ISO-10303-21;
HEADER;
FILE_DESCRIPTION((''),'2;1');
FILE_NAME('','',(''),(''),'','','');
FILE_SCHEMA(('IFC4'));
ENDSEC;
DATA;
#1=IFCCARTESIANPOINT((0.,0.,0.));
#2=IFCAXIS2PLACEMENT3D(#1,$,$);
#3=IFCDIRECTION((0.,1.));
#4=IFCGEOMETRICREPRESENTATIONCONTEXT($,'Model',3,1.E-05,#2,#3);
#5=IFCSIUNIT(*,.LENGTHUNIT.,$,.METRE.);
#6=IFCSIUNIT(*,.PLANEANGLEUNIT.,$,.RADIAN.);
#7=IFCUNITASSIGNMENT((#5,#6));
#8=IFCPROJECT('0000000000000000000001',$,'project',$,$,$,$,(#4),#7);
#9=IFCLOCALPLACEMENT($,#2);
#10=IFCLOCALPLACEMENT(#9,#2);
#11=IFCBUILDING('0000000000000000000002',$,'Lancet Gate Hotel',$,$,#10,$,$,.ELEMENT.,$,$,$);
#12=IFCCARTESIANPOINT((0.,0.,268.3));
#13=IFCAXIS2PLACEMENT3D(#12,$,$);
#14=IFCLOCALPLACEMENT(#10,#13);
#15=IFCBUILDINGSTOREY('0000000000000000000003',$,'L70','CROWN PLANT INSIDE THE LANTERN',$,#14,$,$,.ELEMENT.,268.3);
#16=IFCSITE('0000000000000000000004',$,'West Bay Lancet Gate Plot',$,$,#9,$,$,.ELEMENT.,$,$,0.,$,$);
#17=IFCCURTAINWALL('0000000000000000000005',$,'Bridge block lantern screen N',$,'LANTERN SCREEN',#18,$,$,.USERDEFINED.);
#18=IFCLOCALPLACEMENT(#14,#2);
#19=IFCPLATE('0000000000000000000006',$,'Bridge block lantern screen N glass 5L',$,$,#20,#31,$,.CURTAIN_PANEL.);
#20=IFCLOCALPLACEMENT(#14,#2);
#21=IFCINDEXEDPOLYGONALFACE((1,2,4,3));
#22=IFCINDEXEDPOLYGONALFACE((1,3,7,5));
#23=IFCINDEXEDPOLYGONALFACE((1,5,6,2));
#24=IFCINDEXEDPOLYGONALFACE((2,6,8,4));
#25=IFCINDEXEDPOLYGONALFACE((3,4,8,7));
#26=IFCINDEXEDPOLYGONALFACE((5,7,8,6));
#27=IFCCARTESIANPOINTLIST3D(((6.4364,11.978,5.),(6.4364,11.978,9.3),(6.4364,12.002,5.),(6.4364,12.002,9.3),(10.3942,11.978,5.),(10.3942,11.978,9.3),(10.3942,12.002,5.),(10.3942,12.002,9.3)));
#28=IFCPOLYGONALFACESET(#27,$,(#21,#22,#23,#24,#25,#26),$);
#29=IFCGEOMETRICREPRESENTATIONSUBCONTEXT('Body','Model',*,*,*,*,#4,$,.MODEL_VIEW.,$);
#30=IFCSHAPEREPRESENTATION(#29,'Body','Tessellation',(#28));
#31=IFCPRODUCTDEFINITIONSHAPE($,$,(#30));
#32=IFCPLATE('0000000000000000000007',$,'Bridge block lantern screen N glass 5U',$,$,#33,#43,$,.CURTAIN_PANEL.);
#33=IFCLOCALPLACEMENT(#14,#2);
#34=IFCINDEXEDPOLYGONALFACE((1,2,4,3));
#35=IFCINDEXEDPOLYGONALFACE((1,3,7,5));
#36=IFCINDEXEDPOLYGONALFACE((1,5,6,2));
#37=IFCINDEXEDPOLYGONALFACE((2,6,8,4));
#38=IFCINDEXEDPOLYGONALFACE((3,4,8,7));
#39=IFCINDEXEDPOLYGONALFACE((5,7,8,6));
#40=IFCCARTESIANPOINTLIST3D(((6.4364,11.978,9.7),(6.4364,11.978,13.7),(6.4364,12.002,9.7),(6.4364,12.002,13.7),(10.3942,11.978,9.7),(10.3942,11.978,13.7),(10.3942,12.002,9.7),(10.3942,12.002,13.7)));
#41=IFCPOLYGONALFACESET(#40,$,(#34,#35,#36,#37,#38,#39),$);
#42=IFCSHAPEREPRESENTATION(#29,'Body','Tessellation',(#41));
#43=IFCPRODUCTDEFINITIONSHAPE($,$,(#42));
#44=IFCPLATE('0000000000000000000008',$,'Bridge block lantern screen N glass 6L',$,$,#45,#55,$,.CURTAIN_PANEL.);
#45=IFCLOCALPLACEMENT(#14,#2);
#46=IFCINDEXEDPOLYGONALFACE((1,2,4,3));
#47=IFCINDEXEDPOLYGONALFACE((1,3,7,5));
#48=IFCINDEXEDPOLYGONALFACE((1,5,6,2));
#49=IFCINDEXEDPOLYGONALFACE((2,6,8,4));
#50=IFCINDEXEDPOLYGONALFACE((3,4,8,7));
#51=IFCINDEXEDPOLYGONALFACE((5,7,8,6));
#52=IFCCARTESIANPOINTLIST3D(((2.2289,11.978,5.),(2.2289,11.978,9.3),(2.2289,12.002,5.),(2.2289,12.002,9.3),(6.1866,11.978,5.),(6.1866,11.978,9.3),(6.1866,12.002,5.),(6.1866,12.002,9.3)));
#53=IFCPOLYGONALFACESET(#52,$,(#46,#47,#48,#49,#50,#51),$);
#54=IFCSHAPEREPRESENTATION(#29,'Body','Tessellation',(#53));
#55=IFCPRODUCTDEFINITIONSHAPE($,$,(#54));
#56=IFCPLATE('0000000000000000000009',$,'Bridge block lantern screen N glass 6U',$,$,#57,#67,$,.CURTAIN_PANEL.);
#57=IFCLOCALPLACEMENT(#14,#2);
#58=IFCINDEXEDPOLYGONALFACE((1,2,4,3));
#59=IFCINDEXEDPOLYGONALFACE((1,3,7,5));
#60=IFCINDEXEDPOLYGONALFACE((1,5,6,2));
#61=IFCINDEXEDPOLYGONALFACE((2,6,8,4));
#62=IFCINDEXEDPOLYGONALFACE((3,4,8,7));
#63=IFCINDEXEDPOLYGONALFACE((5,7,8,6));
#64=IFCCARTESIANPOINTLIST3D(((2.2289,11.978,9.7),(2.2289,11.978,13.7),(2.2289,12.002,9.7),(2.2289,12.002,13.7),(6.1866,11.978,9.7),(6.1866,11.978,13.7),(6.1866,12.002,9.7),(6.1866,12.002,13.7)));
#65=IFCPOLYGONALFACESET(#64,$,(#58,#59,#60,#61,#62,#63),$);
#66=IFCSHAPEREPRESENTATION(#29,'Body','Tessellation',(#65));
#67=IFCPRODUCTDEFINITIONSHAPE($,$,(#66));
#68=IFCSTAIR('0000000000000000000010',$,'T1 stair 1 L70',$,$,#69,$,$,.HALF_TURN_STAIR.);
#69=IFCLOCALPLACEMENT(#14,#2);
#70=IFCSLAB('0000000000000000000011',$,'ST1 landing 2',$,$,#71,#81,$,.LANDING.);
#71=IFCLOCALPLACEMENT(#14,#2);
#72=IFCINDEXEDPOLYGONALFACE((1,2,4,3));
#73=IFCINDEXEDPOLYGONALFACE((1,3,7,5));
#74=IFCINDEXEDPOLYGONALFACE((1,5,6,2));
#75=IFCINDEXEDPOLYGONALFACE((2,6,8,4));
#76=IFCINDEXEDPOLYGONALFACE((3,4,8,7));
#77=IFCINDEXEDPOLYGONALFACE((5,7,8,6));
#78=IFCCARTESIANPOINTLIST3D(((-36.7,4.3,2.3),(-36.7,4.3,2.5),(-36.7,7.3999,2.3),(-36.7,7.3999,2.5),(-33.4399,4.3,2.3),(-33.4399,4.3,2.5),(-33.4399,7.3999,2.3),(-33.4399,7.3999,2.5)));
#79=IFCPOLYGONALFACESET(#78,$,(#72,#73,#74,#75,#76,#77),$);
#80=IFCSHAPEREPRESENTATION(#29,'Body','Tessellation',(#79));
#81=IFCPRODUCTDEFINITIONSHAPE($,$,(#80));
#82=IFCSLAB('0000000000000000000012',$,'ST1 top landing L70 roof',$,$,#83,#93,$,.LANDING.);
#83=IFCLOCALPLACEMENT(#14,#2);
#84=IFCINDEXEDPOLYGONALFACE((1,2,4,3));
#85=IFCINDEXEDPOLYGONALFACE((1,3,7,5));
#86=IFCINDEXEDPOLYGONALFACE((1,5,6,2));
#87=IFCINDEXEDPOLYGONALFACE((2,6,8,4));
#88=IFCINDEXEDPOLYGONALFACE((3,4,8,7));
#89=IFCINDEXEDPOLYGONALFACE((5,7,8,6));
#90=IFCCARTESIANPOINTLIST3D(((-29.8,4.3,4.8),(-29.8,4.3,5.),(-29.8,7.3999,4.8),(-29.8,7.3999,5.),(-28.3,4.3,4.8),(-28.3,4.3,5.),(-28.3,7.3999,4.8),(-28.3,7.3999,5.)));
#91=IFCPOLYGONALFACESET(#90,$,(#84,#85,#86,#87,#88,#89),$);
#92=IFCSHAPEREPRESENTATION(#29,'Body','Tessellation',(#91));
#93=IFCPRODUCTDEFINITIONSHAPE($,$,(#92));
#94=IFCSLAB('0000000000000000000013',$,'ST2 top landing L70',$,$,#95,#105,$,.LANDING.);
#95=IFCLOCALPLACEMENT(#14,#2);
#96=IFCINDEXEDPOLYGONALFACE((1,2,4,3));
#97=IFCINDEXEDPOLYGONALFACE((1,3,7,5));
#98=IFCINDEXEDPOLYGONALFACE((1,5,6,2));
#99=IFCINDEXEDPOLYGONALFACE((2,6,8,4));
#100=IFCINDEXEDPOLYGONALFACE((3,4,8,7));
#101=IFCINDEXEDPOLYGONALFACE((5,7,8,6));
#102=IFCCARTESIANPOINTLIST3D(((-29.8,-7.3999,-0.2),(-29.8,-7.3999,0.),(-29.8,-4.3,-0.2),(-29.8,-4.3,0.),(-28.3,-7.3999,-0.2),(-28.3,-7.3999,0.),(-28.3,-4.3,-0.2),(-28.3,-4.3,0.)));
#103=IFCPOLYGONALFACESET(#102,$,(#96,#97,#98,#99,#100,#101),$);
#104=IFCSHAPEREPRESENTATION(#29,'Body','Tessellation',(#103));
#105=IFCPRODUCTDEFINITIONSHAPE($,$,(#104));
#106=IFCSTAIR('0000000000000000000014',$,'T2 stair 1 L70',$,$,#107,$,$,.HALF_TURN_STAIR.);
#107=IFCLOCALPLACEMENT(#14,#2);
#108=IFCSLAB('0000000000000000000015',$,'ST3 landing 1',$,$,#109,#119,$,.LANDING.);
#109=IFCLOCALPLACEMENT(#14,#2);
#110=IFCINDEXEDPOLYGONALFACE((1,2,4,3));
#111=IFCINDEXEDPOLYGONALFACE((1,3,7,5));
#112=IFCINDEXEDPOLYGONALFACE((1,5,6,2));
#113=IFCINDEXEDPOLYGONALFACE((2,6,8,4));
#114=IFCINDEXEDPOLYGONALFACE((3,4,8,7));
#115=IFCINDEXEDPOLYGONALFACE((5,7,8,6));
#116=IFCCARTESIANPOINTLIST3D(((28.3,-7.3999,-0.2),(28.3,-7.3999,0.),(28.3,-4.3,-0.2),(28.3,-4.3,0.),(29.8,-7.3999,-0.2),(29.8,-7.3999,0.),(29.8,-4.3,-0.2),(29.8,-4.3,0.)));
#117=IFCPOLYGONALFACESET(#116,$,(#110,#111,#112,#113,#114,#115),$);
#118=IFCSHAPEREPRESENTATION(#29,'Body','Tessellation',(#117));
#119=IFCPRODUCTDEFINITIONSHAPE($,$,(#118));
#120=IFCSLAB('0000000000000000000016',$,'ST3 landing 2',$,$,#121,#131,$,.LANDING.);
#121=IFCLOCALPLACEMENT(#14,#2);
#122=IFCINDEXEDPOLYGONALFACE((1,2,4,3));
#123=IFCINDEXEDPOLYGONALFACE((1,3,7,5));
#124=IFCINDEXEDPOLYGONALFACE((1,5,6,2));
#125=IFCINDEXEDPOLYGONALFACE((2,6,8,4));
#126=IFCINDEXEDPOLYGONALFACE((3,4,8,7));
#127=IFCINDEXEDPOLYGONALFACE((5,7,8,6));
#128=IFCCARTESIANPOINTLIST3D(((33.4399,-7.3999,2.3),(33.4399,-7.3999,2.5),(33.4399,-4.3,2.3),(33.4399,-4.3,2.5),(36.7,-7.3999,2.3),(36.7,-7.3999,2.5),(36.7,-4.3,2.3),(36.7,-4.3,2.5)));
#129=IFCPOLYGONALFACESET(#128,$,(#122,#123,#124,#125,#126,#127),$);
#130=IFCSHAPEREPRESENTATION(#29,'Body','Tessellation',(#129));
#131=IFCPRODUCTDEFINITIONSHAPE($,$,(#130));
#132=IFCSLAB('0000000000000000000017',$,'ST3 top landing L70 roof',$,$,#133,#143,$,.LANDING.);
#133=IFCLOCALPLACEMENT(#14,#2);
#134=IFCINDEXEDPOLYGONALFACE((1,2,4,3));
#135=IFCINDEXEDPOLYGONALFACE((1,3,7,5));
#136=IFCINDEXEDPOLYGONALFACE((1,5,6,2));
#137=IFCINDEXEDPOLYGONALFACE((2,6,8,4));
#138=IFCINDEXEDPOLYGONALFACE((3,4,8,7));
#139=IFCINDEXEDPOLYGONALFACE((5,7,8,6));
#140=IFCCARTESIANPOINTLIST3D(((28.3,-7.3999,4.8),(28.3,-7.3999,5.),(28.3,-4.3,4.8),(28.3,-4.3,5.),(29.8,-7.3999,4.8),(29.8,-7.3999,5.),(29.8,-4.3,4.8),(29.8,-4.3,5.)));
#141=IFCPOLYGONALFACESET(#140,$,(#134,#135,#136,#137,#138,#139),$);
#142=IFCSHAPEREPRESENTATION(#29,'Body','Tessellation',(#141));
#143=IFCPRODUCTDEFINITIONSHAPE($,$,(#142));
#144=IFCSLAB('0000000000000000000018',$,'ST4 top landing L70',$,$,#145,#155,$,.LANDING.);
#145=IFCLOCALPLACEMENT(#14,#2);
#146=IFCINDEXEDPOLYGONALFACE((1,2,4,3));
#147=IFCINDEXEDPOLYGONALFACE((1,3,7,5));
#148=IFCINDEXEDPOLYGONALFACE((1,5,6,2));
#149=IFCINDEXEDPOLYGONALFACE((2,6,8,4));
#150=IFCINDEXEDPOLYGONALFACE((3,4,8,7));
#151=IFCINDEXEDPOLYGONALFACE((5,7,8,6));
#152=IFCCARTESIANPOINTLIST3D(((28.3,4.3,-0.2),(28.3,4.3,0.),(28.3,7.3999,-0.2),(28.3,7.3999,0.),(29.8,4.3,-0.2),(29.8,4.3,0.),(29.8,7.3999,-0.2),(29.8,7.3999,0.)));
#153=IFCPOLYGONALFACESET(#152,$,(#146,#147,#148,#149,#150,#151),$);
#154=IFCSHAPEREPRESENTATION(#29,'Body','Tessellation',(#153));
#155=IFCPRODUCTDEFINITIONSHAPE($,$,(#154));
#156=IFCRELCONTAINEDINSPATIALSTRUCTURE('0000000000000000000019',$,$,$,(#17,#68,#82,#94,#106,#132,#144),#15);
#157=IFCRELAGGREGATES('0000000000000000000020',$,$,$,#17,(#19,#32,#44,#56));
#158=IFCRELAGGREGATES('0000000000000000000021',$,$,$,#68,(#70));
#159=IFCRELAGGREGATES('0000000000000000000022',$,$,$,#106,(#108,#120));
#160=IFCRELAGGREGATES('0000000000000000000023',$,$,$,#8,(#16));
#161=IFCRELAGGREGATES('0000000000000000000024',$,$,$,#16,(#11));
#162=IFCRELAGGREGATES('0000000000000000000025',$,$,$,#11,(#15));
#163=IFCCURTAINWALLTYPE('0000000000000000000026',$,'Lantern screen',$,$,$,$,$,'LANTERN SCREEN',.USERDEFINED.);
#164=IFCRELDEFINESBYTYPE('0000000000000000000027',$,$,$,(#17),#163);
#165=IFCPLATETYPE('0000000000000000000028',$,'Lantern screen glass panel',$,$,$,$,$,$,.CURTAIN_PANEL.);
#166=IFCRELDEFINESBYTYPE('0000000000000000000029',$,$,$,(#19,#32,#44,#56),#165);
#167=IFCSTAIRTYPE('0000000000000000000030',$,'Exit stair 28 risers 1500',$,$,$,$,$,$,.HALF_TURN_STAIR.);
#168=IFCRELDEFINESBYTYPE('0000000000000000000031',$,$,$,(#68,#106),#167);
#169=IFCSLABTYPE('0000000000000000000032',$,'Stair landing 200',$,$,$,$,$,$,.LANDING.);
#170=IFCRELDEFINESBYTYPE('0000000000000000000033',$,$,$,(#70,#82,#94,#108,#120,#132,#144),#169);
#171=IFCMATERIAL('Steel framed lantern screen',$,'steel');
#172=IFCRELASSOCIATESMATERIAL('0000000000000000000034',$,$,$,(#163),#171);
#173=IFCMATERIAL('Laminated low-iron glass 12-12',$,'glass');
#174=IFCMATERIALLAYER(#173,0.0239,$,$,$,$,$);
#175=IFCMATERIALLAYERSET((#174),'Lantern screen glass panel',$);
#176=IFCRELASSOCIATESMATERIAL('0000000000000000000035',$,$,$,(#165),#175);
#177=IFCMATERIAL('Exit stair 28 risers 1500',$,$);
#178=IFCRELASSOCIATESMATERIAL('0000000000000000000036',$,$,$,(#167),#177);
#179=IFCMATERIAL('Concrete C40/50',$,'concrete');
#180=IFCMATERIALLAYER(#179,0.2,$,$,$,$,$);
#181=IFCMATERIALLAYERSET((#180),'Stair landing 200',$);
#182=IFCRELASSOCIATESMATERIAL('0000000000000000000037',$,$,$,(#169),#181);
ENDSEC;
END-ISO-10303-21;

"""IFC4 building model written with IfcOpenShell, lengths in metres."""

from ifc_helpers import new_model, si_unit, direction, frame, origin, origin_2d, place, context, subcontext, project, spatial, polyline, rectangle, outline, extrude, material, layer, layer_set, type_object, element, aggregate, save


model = new_model("IFC4")

# Units and contexts
model_context = context("Model", 3, precision=1e-05, world=origin(), true_north=direction((0.0, 1.0)))
body_context = subcontext(model_context, "Body", "Model", "MODEL_VIEW")
ifc_project = project(units=[si_unit("LENGTHUNIT", "METRE"), si_unit("PLANEANGLEUNIT", "RADIAN")], contexts=[model_context])

# Site, building, storey
site_placement = place(None, origin())
site = spatial("IfcSite", under=ifc_project, at=site_placement, Name="West Bay Lancet Gate Plot", CompositionType="ELEMENT", RefElevation=0.0)
building_placement = place(site_placement, origin())
building = spatial("IfcBuilding", under=site, at=building_placement, Name="Lancet Gate Hotel", CompositionType="ELEMENT")
storey_placement = place(building_placement, frame((0.0, 0.0, 268.3)))
storey = spatial("IfcBuildingStorey", under=building, at=storey_placement, Name="L70", Description="CROWN PLANT INSIDE THE LANTERN", CompositionType="ELEMENT", Elevation=268.3)

# Curtain wall
ifc_material_1 = material(Name="Steel framed lantern screen", Category="steel")
curtain_wall_type_1 = type_object("IfcCurtainWallType", Name="Lantern screen", ElementType="LANTERN SCREEN", PredefinedType="USERDEFINED", material=ifc_material_1)
curtain_wall_1_placement = place(storey_placement, origin())
curtain_wall_1 = element("IfcCurtainWall", 1, at=curtain_wall_1_placement, inside=storey, type_object=curtain_wall_type_1, Name="Bridge block lantern screen N", ObjectType="LANTERN SCREEN", PredefinedType="USERDEFINED")

# Plates
ifc_material_2 = material(Name="Laminated low-iron glass 12-12", Category="glass")
ifc_layer_1 = layer(ifc_material_2, 0.0239)
ifc_layer_set_1 = layer_set([ifc_layer_1], Name="Lantern screen glass panel")
plate_type_1 = type_object("IfcPlateType", Name="Lantern screen glass panel", PredefinedType="CURTAIN_PANEL", material=ifc_layer_set_1)
plate_1_placement = place(storey_placement, frame((8.4153, 11.99, 5.0), z_axis=(0.0, 0.0, 1.0), x_axis=(-1.0, 0.0, 0.0)))
plate_1 = element("IfcPlate", 2, at=plate_1_placement, type_object=plate_type_1, Name="Bridge block lantern screen N glass 5L", PredefinedType="CURTAIN_PANEL", context=body_context, shape_type="SweptSolid", body=[
    extrude(rectangle(XDim=3.9578, YDim=0.0239, at=origin_2d()), origin(), (0.0, 0.0, 1.0), 4.3),
])
plate_2_placement = place(storey_placement, frame((8.4153, 11.99, 9.7), z_axis=(0.0, 0.0, 1.0), x_axis=(-1.0, 0.0, 0.0)))
plate_2 = element("IfcPlate", 3, at=plate_2_placement, type_object=plate_type_1, Name="Bridge block lantern screen N glass 5U", PredefinedType="CURTAIN_PANEL", context=body_context, shape_type="SweptSolid", body=[
    extrude(rectangle(XDim=3.9578, YDim=0.0239, at=origin_2d()), origin(), (0.0, 0.0, 1.0), 4.0),
])
plate_3_placement = place(storey_placement, frame((4.2078, 11.99, 5.0), z_axis=(0.0, 0.0, 1.0), x_axis=(-1.0, 0.0, 0.0)))
plate_3 = element("IfcPlate", 4, at=plate_3_placement, type_object=plate_type_1, Name="Bridge block lantern screen N glass 6L", PredefinedType="CURTAIN_PANEL", context=body_context, shape_type="SweptSolid", body=[
    extrude(rectangle(XDim=3.9578, YDim=0.0239, at=origin_2d()), origin(), (0.0, 0.0, 1.0), 4.3),
])
plate_4_placement = place(storey_placement, frame((4.2078, 11.99, 9.7), z_axis=(0.0, 0.0, 1.0), x_axis=(-1.0, 0.0, 0.0)))
plate_4 = element("IfcPlate", 5, at=plate_4_placement, type_object=plate_type_1, Name="Bridge block lantern screen N glass 6U", PredefinedType="CURTAIN_PANEL", context=body_context, shape_type="SweptSolid", body=[
    extrude(rectangle(XDim=3.9578, YDim=0.0239, at=origin_2d()), origin(), (0.0, 0.0, 1.0), 4.0),
])
aggregate(curtain_wall_1, [plate_1, plate_2, plate_3, plate_4])

# Stair, slab
ifc_material_3 = material(Name="Exit stair 28 risers 1500")
stair_type = type_object("IfcStairType", Name="Exit stair 28 risers 1500", PredefinedType="HALF_TURN_STAIR", material=ifc_material_3)
stair_1_placement = place(storey_placement, origin())
stair_1 = element("IfcStair", 6, at=stair_1_placement, inside=storey, type_object=stair_type, Name="T1 stair 1 L70", PredefinedType="HALF_TURN_STAIR")
ifc_material_4 = material(Name="Concrete C40/50", Category="concrete")
ifc_layer_2 = layer(ifc_material_4, 0.2)
ifc_layer_set_2 = layer_set([ifc_layer_2], Name="Stair landing 200")
slab_type = type_object("IfcSlabType", Name="Stair landing 200", PredefinedType="LANDING", material=ifc_layer_set_2)
slab_1_placement = place(storey_placement, frame((0.0, 0.0, 2.3)))
slab_1 = element("IfcSlab", 7, at=slab_1_placement, type_object=slab_type, Name="ST1 landing 2", PredefinedType="LANDING", context=body_context, shape_type="SweptSolid", body=[
    extrude(outline(polyline([(-33.4399, 7.3999), (-36.7, 7.3999), (-36.7, 4.3), (-33.4399, 4.3), (-33.4399, 7.3999)])), origin(), (0.0, 0.0, 1.0), 0.2),
])
aggregate(stair_1, [slab_1])

# Slabs
slab_2_placement = place(storey_placement, frame((0.0, 0.0, 4.8)))
element("IfcSlab", 8, at=slab_2_placement, inside=storey, type_object=slab_type, Name="ST1 top landing L70 roof", PredefinedType="LANDING", context=body_context, shape_type="SweptSolid", body=[
    extrude(outline(polyline([(-28.3, 7.3999), (-29.8, 7.3999), (-29.8, 4.3), (-28.3, 4.3), (-28.3, 7.3999)])), origin(), (0.0, 0.0, 1.0), 0.2),
])
slab_3_placement = place(storey_placement, frame((0.0, 0.0, -0.2)))
element("IfcSlab", 9, at=slab_3_placement, inside=storey, type_object=slab_type, Name="ST2 top landing L70", PredefinedType="LANDING", context=body_context, shape_type="SweptSolid", body=[
    extrude(outline(polyline([(-28.3, -4.3), (-29.8, -4.3), (-29.8, -7.3999), (-28.3, -7.3999), (-28.3, -4.3)])), origin(), (0.0, 0.0, 1.0), 0.2),
])

# Stair, slabs
stair_2_placement = place(storey_placement, origin())
stair_2 = element("IfcStair", 10, at=stair_2_placement, inside=storey, type_object=stair_type, Name="T2 stair 1 L70", PredefinedType="HALF_TURN_STAIR")
slab_4_placement = place(storey_placement, frame((0.0, 0.0, -0.2)))
slab_4 = element("IfcSlab", 11, at=slab_4_placement, type_object=slab_type, Name="ST3 landing 1", PredefinedType="LANDING", context=body_context, shape_type="SweptSolid", body=[
    extrude(outline(polyline([(28.3, -7.3999), (29.8, -7.3999), (29.8, -4.3), (28.3, -4.3), (28.3, -7.3999)])), origin(), (0.0, 0.0, 1.0), 0.2),
])
slab_5_placement = place(storey_placement, frame((0.0, 0.0, 2.3)))
slab_5 = element("IfcSlab", 12, at=slab_5_placement, type_object=slab_type, Name="ST3 landing 2", PredefinedType="LANDING", context=body_context, shape_type="SweptSolid", body=[
    extrude(outline(polyline([(33.4399, -7.3999), (36.7, -7.3999), (36.7, -4.3), (33.4399, -4.3), (33.4399, -7.3999)])), origin(), (0.0, 0.0, 1.0), 0.2),
])
aggregate(stair_2, [slab_4, slab_5])

# Slabs
slab_6_placement = place(storey_placement, frame((0.0, 0.0, 4.8)))
element("IfcSlab", 13, at=slab_6_placement, inside=storey, type_object=slab_type, Name="ST3 top landing L70 roof", PredefinedType="LANDING", context=body_context, shape_type="SweptSolid", body=[
    extrude(outline(polyline([(28.3, -7.3999), (29.8, -7.3999), (29.8, -4.3), (28.3, -4.3), (28.3, -7.3999)])), origin(), (0.0, 0.0, 1.0), 0.2),
])
slab_7_placement = place(storey_placement, frame((0.0, 0.0, -0.2)))
element("IfcSlab", 14, at=slab_7_placement, inside=storey, type_object=slab_type, Name="ST4 top landing L70", PredefinedType="LANDING", context=body_context, shape_type="SweptSolid", body=[
    extrude(outline(polyline([(28.3, 4.3), (29.8, 4.3), (29.8, 7.3999), (28.3, 7.3999), (28.3, 4.3)])), origin(), (0.0, 0.0, 1.0), 0.2),
])

save(model, "model.ifc")
